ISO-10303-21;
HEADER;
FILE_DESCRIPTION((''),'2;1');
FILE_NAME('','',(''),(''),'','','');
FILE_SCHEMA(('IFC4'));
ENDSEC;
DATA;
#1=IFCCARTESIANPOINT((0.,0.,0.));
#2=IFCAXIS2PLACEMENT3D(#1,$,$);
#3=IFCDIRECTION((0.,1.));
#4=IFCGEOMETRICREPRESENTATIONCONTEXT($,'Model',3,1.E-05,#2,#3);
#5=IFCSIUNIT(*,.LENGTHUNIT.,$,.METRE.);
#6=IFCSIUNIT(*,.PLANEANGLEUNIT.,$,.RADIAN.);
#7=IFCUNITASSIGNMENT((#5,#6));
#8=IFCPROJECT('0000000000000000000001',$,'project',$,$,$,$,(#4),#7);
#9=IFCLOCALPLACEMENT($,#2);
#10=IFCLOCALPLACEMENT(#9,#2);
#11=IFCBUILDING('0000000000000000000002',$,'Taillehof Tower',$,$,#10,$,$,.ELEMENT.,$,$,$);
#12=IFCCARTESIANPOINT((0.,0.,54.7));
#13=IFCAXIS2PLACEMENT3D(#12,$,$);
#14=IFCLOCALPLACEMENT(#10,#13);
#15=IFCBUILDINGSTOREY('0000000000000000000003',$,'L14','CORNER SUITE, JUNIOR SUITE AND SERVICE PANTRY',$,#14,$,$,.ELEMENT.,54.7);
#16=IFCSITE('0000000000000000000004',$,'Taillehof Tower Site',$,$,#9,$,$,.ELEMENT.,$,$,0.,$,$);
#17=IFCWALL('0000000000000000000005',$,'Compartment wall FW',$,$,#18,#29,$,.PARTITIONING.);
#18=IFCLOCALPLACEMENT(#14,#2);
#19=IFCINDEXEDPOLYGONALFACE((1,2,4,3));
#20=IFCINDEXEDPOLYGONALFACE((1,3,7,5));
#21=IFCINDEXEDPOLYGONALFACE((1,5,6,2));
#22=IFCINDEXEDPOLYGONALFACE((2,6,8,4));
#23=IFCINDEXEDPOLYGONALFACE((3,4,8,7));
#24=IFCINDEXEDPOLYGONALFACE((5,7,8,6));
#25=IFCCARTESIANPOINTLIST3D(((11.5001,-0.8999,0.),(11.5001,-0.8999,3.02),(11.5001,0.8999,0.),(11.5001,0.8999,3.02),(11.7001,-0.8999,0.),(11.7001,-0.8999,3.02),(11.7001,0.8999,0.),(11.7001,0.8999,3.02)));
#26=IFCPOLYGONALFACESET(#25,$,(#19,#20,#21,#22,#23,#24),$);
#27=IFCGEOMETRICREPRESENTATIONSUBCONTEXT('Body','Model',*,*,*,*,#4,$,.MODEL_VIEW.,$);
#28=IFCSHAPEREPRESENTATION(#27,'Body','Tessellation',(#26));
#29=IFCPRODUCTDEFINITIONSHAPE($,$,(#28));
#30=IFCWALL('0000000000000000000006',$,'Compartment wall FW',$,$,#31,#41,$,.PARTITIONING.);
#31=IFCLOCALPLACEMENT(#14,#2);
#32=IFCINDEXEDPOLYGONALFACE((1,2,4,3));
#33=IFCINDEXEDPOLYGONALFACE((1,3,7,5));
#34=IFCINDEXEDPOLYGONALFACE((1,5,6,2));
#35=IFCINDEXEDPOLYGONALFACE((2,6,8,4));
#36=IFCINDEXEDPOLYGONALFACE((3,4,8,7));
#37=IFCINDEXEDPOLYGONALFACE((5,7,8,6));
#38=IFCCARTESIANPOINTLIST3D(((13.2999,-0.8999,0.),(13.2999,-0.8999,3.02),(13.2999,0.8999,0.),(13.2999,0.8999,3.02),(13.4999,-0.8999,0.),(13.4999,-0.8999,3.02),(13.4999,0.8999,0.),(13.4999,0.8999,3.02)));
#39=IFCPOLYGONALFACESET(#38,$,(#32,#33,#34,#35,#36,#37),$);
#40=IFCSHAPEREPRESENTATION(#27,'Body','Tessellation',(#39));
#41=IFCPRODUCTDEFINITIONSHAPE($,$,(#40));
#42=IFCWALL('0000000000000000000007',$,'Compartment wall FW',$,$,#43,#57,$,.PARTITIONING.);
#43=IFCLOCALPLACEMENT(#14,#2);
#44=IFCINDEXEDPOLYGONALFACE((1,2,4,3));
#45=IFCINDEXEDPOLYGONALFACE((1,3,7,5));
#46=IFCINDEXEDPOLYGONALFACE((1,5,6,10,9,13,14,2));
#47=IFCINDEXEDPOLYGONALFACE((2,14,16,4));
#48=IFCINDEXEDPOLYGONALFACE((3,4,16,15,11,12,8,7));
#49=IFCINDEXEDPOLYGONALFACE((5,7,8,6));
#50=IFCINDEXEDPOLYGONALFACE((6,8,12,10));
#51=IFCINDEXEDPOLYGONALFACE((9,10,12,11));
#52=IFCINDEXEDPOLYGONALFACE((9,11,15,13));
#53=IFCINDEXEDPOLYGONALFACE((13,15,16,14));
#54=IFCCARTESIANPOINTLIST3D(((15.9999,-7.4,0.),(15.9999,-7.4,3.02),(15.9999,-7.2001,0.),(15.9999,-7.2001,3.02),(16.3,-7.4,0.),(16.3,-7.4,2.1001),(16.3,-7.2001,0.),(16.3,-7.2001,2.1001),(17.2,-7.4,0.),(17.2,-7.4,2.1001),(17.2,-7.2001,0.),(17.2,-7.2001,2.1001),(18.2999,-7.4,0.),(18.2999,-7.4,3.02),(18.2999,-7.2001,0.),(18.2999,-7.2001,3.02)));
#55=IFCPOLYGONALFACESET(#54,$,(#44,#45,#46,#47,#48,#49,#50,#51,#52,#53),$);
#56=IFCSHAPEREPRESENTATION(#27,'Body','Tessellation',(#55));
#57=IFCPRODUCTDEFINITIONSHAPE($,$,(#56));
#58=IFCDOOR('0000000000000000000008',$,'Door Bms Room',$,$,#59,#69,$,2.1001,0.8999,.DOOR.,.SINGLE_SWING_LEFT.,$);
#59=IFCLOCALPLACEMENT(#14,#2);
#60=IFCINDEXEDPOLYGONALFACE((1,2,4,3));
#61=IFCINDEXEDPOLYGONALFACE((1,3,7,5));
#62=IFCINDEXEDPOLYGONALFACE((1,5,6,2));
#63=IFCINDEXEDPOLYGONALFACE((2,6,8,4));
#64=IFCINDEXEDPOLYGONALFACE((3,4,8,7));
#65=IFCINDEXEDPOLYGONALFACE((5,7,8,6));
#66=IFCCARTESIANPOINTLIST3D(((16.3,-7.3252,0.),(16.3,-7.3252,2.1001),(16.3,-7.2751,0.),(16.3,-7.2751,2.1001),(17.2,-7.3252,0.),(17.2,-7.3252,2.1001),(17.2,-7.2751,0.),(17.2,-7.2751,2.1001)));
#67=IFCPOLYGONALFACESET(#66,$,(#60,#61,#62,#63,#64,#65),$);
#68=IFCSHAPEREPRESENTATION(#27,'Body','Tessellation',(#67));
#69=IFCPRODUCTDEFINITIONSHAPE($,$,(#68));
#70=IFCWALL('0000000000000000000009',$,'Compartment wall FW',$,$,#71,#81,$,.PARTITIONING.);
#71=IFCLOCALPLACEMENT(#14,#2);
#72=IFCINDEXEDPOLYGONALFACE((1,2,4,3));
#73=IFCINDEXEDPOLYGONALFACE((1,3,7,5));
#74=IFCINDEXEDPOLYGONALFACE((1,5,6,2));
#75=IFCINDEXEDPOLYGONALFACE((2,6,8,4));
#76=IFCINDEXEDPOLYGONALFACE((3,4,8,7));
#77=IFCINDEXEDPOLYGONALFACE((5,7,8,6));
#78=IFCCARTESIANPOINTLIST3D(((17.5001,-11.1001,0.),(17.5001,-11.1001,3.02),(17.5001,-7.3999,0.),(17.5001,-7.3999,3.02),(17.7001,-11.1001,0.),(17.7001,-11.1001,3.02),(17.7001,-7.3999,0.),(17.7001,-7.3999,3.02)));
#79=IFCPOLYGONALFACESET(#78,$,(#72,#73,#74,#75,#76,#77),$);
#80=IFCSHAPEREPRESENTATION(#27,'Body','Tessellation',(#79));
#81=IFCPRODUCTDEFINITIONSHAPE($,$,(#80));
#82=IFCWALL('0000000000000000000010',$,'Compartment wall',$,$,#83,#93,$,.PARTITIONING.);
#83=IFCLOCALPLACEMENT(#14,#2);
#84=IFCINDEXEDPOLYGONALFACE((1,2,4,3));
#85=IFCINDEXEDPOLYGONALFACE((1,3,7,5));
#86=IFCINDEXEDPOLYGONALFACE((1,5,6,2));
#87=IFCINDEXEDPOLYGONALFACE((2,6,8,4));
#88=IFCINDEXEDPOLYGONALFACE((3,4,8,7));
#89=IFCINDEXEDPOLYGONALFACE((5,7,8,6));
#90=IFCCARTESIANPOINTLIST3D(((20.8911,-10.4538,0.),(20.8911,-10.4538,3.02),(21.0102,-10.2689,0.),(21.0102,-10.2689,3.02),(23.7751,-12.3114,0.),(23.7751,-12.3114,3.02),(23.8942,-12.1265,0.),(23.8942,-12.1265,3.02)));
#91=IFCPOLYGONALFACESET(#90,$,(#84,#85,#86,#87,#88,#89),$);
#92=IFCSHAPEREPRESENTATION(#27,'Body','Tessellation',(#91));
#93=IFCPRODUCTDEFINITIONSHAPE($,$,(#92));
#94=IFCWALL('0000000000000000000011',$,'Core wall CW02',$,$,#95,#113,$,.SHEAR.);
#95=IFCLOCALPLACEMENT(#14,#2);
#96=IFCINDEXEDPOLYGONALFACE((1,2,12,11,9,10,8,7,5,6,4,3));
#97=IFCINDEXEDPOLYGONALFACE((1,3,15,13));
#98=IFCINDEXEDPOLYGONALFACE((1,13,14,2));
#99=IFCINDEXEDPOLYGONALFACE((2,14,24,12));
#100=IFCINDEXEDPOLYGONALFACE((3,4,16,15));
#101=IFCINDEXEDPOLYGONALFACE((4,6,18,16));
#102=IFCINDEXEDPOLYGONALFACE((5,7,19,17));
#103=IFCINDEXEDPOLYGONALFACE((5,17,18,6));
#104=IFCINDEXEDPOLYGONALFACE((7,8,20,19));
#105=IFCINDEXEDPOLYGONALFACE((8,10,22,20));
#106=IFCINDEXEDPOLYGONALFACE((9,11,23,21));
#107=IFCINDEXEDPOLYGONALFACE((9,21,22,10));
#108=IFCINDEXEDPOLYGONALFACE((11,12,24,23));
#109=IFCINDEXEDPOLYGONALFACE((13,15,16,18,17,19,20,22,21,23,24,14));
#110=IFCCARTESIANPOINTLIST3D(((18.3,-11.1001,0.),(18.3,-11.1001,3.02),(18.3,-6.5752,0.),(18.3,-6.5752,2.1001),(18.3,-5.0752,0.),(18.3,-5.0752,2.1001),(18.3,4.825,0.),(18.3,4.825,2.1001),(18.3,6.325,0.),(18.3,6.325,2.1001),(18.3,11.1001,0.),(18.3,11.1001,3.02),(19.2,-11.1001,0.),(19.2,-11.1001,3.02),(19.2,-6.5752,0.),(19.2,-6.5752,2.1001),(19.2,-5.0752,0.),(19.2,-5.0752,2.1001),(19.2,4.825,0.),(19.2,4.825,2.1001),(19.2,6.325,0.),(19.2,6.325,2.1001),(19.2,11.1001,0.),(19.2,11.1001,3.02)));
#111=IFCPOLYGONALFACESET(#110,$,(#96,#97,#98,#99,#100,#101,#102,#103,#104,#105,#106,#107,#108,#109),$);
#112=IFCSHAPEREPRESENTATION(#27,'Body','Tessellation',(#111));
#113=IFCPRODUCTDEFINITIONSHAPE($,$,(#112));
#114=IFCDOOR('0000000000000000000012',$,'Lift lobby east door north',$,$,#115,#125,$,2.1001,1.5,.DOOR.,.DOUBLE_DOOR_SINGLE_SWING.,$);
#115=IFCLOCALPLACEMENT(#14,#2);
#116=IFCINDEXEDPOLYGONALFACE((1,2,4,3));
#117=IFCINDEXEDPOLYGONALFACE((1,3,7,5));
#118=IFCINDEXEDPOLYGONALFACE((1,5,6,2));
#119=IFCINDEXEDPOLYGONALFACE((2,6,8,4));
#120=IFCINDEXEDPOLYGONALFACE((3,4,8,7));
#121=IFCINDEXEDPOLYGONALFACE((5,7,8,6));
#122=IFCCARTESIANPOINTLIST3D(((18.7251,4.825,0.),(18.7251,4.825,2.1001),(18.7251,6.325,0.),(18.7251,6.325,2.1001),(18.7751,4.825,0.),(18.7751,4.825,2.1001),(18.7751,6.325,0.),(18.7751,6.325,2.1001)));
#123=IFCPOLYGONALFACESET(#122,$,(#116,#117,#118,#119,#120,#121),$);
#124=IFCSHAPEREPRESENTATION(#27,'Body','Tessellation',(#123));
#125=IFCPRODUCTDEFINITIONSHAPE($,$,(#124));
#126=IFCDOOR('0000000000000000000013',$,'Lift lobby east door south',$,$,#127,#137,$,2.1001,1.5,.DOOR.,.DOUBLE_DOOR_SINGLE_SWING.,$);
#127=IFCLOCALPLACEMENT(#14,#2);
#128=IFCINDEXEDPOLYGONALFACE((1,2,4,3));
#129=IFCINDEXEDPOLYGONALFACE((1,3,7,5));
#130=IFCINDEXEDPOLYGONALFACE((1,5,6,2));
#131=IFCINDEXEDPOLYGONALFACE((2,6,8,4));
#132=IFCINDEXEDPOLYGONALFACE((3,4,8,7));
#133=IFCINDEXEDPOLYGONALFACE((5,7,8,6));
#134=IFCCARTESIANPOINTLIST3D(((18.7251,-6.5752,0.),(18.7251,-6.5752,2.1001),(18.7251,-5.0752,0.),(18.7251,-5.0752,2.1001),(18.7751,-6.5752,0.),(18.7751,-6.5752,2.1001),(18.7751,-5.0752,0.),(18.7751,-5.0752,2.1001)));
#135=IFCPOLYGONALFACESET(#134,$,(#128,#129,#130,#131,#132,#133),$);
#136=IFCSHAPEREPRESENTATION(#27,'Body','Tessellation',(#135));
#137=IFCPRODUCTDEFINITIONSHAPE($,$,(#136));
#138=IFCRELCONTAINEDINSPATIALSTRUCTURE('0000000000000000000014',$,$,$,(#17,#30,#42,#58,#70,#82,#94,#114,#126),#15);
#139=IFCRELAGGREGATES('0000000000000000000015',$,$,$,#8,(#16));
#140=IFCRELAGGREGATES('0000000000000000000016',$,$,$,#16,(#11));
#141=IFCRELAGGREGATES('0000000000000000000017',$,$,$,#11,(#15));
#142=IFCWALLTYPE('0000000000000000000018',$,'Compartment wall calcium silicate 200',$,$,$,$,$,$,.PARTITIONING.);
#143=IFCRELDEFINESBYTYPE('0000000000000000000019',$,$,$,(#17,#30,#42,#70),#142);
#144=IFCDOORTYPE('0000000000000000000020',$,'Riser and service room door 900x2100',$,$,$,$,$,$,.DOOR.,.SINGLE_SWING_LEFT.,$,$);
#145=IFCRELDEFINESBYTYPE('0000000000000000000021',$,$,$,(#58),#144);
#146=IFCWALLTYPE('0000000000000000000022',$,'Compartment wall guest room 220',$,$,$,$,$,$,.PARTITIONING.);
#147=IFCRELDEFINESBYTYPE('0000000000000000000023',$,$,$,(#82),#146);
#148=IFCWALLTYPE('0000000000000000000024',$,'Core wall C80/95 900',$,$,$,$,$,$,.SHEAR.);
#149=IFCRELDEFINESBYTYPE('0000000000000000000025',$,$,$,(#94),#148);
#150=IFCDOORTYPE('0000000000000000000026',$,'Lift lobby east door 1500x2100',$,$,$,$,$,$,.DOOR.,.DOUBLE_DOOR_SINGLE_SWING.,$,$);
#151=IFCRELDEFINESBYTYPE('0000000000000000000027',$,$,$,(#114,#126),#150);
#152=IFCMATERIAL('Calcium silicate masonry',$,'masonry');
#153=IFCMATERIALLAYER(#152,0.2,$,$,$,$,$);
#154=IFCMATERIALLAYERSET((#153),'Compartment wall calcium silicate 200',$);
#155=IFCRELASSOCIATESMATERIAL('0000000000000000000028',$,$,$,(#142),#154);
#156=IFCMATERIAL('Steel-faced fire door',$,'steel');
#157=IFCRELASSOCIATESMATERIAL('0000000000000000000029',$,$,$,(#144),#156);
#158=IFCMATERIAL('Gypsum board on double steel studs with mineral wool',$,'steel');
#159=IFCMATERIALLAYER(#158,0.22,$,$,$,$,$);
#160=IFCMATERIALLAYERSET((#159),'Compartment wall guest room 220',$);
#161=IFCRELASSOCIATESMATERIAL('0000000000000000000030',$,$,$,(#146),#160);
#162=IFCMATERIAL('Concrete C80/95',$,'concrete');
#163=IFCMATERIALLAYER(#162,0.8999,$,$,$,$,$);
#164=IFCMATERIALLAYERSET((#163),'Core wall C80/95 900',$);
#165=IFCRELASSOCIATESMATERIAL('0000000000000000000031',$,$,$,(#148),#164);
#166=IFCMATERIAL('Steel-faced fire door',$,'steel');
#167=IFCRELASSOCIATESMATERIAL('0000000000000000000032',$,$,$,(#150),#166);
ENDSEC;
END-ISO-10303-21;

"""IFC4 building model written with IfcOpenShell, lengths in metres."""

from ifc_helpers import new_model, si_unit, direction, frame, frame_2d, origin, place, context, subcontext, project, spatial, rectangle, extrude, material, layer, layer_set, type_object, element, fill, save


model = new_model("IFC4")

# Units and contexts
model_context = context("Model", 3, precision=1e-05, world=origin(), true_north=direction((0.0, 1.0)))
body_context = subcontext(model_context, "Body", "Model", "MODEL_VIEW")
ifc_project = project(units=[si_unit("LENGTHUNIT", "METRE"), si_unit("PLANEANGLEUNIT", "RADIAN")], contexts=[model_context])

# Site, building, storey
site_placement = place(None, origin())
site = spatial("IfcSite", under=ifc_project, at=site_placement, Name="Taillehof Tower Site", CompositionType="ELEMENT", RefElevation=0.0)
building_placement = place(site_placement, origin())
building = spatial("IfcBuilding", under=site, at=building_placement, Name="Taillehof Tower", CompositionType="ELEMENT")
storey_placement = place(building_placement, frame((0.0, 0.0, 54.7)))
storey = spatial("IfcBuildingStorey", under=building, at=storey_placement, Name="L14", Description="CORNER SUITE, JUNIOR SUITE AND SERVICE PANTRY", CompositionType="ELEMENT", Elevation=54.7)

# Walls
ifc_material_1 = material(Name="Calcium silicate masonry", Category="masonry")
ifc_layer_1 = layer(ifc_material_1, 0.2)
ifc_layer_set_1 = layer_set([ifc_layer_1], Name="Compartment wall calcium silicate 200")
wall_type_1 = type_object("IfcWallType", Name="Compartment wall calcium silicate 200", PredefinedType="PARTITIONING", material=ifc_layer_set_1)
for number, where, z_axis, x_axis, name in (
    (1, (11.6001, -0.8999, 0.0), (0.0, 0.0, 1.0), (0.0, 1.0, 0.0), "Compartment wall FW"),
    (2, (13.3999, -0.8999, 0.0), (0.0, 0.0, 1.0), (0.0, 1.0, 0.0), "Compartment wall FW"),
):
    element("IfcWall", number, at=place(storey_placement, frame(where, z_axis=z_axis, x_axis=x_axis)), inside=storey, type_object=wall_type_1, Name=name, PredefinedType="PARTITIONING", context=body_context, shape_type="SweptSolid", body=[
        extrude(rectangle(XDim=1.7998, YDim=0.2, at=frame_2d((0.8999, 0.0))), origin(), (0.0, 0.0, 1.0), 3.02),
    ])

# Wall, opening, door
wall_1_placement = place(storey_placement, frame((16.0, -7.3, 0.0), z_axis=(0.0, 0.0, 1.0), x_axis=(1.0, 0.0, 0.0)))
wall_1 = element("IfcWall", 3, at=wall_1_placement, inside=storey, type_object=wall_type_1, Name="Compartment wall FW", PredefinedType="PARTITIONING", context=body_context, shape_type="SweptSolid", body=[
    extrude(rectangle(XDim=2.3, YDim=0.2, at=frame_2d((1.1499, 0.0))), origin(), (0.0, 0.0, 1.0), 3.02),
])
opening_1_placement = place(wall_1_placement, frame((0.3, 0.0, 0.0)))
opening_1 = element("IfcOpeningElement", 4, at=opening_1_placement, cuts=wall_1, PredefinedType="OPENING", context=body_context, shape_type="SweptSolid", body=[
    extrude(rectangle(XDim=0.8999, YDim=2.1001, at=frame_2d((0.45, 1.05))), frame((0.0, 0.1099, 0.0), z_axis=(0.0, -1.0, 0.0), x_axis=(1.0, 0.0, 0.0)), (0.0, 0.0, 1.0), 0.22),
])
ifc_material_2 = material(Name="Steel-faced fire door", Category="steel")
door_type_1 = type_object("IfcDoorType", Name="Riser and service room door 900x2100", OperationType="SINGLE_SWING_LEFT", PredefinedType="DOOR", material=ifc_material_2)
door_1_placement = place(opening_1_placement, origin())
door_1 = element("IfcDoor", 5, at=door_1_placement, inside=storey, type_object=door_type_1, Name="Door Bms Room", OperationType="SINGLE_SWING_LEFT", OverallHeight=2.1001, OverallWidth=0.8999, PredefinedType="DOOR", context=body_context, shape_type="SweptSolid", body=[
    extrude(rectangle(XDim=0.8999, YDim=2.1001, at=frame_2d((0.45, 1.05))), frame((0.0, 0.0249, 0.0), z_axis=(0.0, -1.0, 0.0), x_axis=(1.0, 0.0, 0.0)), (0.0, 0.0, 1.0), 0.05),
])
fill(opening_1, door_1)

# Walls
wall_2_placement = place(storey_placement, frame((17.6001, -11.1001, 0.0), z_axis=(0.0, 0.0, 1.0), x_axis=(0.0, 1.0, 0.0)))
element("IfcWall", 6, at=wall_2_placement, inside=storey, type_object=wall_type_1, Name="Compartment wall FW", PredefinedType="PARTITIONING", context=body_context, shape_type="SweptSolid", body=[
    extrude(rectangle(XDim=3.7002, YDim=0.2, at=frame_2d((1.8501, 0.0))), origin(), (0.0, 0.0, 1.0), 3.02),
])
ifc_material_3 = material(Name="Gypsum board on double steel studs with mineral wool", Category="steel")
ifc_layer_2 = layer(ifc_material_3, 0.22)
ifc_layer_set_2 = layer_set([ifc_layer_2], Name="Compartment wall guest room 220")
wall_type_2 = type_object("IfcWallType", Name="Compartment wall guest room 220", PredefinedType="PARTITIONING", material=ifc_layer_set_2)
wall_3_placement = place(storey_placement, frame((23.8347, -12.219, 0.0), z_axis=(0.0, 0.0, 1.0), x_axis=(-0.840695, 0.541509, 0.0)))
element("IfcWall", 7, at=wall_3_placement, inside=storey, type_object=wall_type_2, Name="Compartment wall", PredefinedType="PARTITIONING", context=body_context, shape_type="SweptSolid", body=[
    extrude(rectangle(XDim=3.4304, YDim=0.22, at=frame_2d((1.7153, 0.0))), origin(), (0.0, 0.0, 1.0), 3.02),
])

# Wall, openings, doors
ifc_material_4 = material(Name="Concrete C80/95", Category="concrete")
ifc_layer_3 = layer(ifc_material_4, 0.8999)
ifc_layer_set_3 = layer_set([ifc_layer_3], Name="Core wall C80/95 900")
wall_type_3 = type_object("IfcWallType", Name="Core wall C80/95 900", PredefinedType="SHEAR", material=ifc_layer_set_3)
wall_4_placement = place(storey_placement, frame((18.75, -11.1001, 0.0), z_axis=(0.0, 0.0, 1.0), x_axis=(0.0, 1.0, 0.0)))
wall_4 = element("IfcWall", 8, at=wall_4_placement, inside=storey, type_object=wall_type_3, Name="Core wall CW02", PredefinedType="SHEAR", context=body_context, shape_type="SweptSolid", body=[
    extrude(rectangle(XDim=22.2002, YDim=0.8999, at=frame_2d((11.1001, 0.0))), origin(), (0.0, 0.0, 1.0), 3.02),
])
opening_2_placement = place(wall_4_placement, frame((15.925, 0.0, 0.0)))
opening_2 = element("IfcOpeningElement", 9, at=opening_2_placement, cuts=wall_4, PredefinedType="OPENING", context=body_context, shape_type="SweptSolid", body=[
    extrude(rectangle(XDim=1.5, YDim=2.1001, at=frame_2d((0.75, 1.05))), frame((0.0, 0.46, 0.0), z_axis=(0.0, -1.0, 0.0), x_axis=(1.0, 0.0, 0.0)), (0.0, 0.0, 1.0), 0.9199),
])
opening_3_placement = place(wall_4_placement, frame((4.5249, 0.0, 0.0)))
opening_3 = element("IfcOpeningElement", 10, at=opening_3_placement, cuts=wall_4, PredefinedType="OPENING", context=body_context, shape_type="SweptSolid", body=[
    extrude(rectangle(XDim=1.5, YDim=2.1001, at=frame_2d((0.75, 1.05))), frame((0.0, 0.46, 0.0), z_axis=(0.0, -1.0, 0.0), x_axis=(1.0, 0.0, 0.0)), (0.0, 0.0, 1.0), 0.9199),
])
ifc_material_5 = material(Name="Steel-faced fire door", Category="steel")
door_type_2 = type_object("IfcDoorType", Name="Lift lobby east door 1500x2100", OperationType="DOUBLE_DOOR_SINGLE_SWING", PredefinedType="DOOR", material=ifc_material_5)
door_2_placement = place(opening_2_placement, origin())
door_2 = element("IfcDoor", 11, at=door_2_placement, inside=storey, type_object=door_type_2, Name="Lift lobby east door north", OperationType="DOUBLE_DOOR_SINGLE_SWING", OverallHeight=2.1001, OverallWidth=1.5, PredefinedType="DOOR", context=body_context, shape_type="SweptSolid", body=[
    extrude(rectangle(XDim=1.5, YDim=2.1001, at=frame_2d((0.75, 1.05))), frame((0.0, 0.0249, 0.0), z_axis=(0.0, -1.0, 0.0), x_axis=(1.0, 0.0, 0.0)), (0.0, 0.0, 1.0), 0.05),
])
fill(opening_2, door_2)
door_3_placement = place(opening_3_placement, origin())
door_3 = element("IfcDoor", 12, at=door_3_placement, inside=storey, type_object=door_type_2, Name="Lift lobby east door south", OperationType="DOUBLE_DOOR_SINGLE_SWING", OverallHeight=2.1001, OverallWidth=1.5, PredefinedType="DOOR", context=body_context, shape_type="SweptSolid", body=[
    extrude(rectangle(XDim=1.5, YDim=2.1001, at=frame_2d((0.75, 1.05))), frame((0.0, 0.0249, 0.0), z_axis=(0.0, -1.0, 0.0), x_axis=(1.0, 0.0, 0.0)), (0.0, 0.0, 1.0), 0.05),
])
fill(opening_3, door_3)

save(model, "model.ifc")
